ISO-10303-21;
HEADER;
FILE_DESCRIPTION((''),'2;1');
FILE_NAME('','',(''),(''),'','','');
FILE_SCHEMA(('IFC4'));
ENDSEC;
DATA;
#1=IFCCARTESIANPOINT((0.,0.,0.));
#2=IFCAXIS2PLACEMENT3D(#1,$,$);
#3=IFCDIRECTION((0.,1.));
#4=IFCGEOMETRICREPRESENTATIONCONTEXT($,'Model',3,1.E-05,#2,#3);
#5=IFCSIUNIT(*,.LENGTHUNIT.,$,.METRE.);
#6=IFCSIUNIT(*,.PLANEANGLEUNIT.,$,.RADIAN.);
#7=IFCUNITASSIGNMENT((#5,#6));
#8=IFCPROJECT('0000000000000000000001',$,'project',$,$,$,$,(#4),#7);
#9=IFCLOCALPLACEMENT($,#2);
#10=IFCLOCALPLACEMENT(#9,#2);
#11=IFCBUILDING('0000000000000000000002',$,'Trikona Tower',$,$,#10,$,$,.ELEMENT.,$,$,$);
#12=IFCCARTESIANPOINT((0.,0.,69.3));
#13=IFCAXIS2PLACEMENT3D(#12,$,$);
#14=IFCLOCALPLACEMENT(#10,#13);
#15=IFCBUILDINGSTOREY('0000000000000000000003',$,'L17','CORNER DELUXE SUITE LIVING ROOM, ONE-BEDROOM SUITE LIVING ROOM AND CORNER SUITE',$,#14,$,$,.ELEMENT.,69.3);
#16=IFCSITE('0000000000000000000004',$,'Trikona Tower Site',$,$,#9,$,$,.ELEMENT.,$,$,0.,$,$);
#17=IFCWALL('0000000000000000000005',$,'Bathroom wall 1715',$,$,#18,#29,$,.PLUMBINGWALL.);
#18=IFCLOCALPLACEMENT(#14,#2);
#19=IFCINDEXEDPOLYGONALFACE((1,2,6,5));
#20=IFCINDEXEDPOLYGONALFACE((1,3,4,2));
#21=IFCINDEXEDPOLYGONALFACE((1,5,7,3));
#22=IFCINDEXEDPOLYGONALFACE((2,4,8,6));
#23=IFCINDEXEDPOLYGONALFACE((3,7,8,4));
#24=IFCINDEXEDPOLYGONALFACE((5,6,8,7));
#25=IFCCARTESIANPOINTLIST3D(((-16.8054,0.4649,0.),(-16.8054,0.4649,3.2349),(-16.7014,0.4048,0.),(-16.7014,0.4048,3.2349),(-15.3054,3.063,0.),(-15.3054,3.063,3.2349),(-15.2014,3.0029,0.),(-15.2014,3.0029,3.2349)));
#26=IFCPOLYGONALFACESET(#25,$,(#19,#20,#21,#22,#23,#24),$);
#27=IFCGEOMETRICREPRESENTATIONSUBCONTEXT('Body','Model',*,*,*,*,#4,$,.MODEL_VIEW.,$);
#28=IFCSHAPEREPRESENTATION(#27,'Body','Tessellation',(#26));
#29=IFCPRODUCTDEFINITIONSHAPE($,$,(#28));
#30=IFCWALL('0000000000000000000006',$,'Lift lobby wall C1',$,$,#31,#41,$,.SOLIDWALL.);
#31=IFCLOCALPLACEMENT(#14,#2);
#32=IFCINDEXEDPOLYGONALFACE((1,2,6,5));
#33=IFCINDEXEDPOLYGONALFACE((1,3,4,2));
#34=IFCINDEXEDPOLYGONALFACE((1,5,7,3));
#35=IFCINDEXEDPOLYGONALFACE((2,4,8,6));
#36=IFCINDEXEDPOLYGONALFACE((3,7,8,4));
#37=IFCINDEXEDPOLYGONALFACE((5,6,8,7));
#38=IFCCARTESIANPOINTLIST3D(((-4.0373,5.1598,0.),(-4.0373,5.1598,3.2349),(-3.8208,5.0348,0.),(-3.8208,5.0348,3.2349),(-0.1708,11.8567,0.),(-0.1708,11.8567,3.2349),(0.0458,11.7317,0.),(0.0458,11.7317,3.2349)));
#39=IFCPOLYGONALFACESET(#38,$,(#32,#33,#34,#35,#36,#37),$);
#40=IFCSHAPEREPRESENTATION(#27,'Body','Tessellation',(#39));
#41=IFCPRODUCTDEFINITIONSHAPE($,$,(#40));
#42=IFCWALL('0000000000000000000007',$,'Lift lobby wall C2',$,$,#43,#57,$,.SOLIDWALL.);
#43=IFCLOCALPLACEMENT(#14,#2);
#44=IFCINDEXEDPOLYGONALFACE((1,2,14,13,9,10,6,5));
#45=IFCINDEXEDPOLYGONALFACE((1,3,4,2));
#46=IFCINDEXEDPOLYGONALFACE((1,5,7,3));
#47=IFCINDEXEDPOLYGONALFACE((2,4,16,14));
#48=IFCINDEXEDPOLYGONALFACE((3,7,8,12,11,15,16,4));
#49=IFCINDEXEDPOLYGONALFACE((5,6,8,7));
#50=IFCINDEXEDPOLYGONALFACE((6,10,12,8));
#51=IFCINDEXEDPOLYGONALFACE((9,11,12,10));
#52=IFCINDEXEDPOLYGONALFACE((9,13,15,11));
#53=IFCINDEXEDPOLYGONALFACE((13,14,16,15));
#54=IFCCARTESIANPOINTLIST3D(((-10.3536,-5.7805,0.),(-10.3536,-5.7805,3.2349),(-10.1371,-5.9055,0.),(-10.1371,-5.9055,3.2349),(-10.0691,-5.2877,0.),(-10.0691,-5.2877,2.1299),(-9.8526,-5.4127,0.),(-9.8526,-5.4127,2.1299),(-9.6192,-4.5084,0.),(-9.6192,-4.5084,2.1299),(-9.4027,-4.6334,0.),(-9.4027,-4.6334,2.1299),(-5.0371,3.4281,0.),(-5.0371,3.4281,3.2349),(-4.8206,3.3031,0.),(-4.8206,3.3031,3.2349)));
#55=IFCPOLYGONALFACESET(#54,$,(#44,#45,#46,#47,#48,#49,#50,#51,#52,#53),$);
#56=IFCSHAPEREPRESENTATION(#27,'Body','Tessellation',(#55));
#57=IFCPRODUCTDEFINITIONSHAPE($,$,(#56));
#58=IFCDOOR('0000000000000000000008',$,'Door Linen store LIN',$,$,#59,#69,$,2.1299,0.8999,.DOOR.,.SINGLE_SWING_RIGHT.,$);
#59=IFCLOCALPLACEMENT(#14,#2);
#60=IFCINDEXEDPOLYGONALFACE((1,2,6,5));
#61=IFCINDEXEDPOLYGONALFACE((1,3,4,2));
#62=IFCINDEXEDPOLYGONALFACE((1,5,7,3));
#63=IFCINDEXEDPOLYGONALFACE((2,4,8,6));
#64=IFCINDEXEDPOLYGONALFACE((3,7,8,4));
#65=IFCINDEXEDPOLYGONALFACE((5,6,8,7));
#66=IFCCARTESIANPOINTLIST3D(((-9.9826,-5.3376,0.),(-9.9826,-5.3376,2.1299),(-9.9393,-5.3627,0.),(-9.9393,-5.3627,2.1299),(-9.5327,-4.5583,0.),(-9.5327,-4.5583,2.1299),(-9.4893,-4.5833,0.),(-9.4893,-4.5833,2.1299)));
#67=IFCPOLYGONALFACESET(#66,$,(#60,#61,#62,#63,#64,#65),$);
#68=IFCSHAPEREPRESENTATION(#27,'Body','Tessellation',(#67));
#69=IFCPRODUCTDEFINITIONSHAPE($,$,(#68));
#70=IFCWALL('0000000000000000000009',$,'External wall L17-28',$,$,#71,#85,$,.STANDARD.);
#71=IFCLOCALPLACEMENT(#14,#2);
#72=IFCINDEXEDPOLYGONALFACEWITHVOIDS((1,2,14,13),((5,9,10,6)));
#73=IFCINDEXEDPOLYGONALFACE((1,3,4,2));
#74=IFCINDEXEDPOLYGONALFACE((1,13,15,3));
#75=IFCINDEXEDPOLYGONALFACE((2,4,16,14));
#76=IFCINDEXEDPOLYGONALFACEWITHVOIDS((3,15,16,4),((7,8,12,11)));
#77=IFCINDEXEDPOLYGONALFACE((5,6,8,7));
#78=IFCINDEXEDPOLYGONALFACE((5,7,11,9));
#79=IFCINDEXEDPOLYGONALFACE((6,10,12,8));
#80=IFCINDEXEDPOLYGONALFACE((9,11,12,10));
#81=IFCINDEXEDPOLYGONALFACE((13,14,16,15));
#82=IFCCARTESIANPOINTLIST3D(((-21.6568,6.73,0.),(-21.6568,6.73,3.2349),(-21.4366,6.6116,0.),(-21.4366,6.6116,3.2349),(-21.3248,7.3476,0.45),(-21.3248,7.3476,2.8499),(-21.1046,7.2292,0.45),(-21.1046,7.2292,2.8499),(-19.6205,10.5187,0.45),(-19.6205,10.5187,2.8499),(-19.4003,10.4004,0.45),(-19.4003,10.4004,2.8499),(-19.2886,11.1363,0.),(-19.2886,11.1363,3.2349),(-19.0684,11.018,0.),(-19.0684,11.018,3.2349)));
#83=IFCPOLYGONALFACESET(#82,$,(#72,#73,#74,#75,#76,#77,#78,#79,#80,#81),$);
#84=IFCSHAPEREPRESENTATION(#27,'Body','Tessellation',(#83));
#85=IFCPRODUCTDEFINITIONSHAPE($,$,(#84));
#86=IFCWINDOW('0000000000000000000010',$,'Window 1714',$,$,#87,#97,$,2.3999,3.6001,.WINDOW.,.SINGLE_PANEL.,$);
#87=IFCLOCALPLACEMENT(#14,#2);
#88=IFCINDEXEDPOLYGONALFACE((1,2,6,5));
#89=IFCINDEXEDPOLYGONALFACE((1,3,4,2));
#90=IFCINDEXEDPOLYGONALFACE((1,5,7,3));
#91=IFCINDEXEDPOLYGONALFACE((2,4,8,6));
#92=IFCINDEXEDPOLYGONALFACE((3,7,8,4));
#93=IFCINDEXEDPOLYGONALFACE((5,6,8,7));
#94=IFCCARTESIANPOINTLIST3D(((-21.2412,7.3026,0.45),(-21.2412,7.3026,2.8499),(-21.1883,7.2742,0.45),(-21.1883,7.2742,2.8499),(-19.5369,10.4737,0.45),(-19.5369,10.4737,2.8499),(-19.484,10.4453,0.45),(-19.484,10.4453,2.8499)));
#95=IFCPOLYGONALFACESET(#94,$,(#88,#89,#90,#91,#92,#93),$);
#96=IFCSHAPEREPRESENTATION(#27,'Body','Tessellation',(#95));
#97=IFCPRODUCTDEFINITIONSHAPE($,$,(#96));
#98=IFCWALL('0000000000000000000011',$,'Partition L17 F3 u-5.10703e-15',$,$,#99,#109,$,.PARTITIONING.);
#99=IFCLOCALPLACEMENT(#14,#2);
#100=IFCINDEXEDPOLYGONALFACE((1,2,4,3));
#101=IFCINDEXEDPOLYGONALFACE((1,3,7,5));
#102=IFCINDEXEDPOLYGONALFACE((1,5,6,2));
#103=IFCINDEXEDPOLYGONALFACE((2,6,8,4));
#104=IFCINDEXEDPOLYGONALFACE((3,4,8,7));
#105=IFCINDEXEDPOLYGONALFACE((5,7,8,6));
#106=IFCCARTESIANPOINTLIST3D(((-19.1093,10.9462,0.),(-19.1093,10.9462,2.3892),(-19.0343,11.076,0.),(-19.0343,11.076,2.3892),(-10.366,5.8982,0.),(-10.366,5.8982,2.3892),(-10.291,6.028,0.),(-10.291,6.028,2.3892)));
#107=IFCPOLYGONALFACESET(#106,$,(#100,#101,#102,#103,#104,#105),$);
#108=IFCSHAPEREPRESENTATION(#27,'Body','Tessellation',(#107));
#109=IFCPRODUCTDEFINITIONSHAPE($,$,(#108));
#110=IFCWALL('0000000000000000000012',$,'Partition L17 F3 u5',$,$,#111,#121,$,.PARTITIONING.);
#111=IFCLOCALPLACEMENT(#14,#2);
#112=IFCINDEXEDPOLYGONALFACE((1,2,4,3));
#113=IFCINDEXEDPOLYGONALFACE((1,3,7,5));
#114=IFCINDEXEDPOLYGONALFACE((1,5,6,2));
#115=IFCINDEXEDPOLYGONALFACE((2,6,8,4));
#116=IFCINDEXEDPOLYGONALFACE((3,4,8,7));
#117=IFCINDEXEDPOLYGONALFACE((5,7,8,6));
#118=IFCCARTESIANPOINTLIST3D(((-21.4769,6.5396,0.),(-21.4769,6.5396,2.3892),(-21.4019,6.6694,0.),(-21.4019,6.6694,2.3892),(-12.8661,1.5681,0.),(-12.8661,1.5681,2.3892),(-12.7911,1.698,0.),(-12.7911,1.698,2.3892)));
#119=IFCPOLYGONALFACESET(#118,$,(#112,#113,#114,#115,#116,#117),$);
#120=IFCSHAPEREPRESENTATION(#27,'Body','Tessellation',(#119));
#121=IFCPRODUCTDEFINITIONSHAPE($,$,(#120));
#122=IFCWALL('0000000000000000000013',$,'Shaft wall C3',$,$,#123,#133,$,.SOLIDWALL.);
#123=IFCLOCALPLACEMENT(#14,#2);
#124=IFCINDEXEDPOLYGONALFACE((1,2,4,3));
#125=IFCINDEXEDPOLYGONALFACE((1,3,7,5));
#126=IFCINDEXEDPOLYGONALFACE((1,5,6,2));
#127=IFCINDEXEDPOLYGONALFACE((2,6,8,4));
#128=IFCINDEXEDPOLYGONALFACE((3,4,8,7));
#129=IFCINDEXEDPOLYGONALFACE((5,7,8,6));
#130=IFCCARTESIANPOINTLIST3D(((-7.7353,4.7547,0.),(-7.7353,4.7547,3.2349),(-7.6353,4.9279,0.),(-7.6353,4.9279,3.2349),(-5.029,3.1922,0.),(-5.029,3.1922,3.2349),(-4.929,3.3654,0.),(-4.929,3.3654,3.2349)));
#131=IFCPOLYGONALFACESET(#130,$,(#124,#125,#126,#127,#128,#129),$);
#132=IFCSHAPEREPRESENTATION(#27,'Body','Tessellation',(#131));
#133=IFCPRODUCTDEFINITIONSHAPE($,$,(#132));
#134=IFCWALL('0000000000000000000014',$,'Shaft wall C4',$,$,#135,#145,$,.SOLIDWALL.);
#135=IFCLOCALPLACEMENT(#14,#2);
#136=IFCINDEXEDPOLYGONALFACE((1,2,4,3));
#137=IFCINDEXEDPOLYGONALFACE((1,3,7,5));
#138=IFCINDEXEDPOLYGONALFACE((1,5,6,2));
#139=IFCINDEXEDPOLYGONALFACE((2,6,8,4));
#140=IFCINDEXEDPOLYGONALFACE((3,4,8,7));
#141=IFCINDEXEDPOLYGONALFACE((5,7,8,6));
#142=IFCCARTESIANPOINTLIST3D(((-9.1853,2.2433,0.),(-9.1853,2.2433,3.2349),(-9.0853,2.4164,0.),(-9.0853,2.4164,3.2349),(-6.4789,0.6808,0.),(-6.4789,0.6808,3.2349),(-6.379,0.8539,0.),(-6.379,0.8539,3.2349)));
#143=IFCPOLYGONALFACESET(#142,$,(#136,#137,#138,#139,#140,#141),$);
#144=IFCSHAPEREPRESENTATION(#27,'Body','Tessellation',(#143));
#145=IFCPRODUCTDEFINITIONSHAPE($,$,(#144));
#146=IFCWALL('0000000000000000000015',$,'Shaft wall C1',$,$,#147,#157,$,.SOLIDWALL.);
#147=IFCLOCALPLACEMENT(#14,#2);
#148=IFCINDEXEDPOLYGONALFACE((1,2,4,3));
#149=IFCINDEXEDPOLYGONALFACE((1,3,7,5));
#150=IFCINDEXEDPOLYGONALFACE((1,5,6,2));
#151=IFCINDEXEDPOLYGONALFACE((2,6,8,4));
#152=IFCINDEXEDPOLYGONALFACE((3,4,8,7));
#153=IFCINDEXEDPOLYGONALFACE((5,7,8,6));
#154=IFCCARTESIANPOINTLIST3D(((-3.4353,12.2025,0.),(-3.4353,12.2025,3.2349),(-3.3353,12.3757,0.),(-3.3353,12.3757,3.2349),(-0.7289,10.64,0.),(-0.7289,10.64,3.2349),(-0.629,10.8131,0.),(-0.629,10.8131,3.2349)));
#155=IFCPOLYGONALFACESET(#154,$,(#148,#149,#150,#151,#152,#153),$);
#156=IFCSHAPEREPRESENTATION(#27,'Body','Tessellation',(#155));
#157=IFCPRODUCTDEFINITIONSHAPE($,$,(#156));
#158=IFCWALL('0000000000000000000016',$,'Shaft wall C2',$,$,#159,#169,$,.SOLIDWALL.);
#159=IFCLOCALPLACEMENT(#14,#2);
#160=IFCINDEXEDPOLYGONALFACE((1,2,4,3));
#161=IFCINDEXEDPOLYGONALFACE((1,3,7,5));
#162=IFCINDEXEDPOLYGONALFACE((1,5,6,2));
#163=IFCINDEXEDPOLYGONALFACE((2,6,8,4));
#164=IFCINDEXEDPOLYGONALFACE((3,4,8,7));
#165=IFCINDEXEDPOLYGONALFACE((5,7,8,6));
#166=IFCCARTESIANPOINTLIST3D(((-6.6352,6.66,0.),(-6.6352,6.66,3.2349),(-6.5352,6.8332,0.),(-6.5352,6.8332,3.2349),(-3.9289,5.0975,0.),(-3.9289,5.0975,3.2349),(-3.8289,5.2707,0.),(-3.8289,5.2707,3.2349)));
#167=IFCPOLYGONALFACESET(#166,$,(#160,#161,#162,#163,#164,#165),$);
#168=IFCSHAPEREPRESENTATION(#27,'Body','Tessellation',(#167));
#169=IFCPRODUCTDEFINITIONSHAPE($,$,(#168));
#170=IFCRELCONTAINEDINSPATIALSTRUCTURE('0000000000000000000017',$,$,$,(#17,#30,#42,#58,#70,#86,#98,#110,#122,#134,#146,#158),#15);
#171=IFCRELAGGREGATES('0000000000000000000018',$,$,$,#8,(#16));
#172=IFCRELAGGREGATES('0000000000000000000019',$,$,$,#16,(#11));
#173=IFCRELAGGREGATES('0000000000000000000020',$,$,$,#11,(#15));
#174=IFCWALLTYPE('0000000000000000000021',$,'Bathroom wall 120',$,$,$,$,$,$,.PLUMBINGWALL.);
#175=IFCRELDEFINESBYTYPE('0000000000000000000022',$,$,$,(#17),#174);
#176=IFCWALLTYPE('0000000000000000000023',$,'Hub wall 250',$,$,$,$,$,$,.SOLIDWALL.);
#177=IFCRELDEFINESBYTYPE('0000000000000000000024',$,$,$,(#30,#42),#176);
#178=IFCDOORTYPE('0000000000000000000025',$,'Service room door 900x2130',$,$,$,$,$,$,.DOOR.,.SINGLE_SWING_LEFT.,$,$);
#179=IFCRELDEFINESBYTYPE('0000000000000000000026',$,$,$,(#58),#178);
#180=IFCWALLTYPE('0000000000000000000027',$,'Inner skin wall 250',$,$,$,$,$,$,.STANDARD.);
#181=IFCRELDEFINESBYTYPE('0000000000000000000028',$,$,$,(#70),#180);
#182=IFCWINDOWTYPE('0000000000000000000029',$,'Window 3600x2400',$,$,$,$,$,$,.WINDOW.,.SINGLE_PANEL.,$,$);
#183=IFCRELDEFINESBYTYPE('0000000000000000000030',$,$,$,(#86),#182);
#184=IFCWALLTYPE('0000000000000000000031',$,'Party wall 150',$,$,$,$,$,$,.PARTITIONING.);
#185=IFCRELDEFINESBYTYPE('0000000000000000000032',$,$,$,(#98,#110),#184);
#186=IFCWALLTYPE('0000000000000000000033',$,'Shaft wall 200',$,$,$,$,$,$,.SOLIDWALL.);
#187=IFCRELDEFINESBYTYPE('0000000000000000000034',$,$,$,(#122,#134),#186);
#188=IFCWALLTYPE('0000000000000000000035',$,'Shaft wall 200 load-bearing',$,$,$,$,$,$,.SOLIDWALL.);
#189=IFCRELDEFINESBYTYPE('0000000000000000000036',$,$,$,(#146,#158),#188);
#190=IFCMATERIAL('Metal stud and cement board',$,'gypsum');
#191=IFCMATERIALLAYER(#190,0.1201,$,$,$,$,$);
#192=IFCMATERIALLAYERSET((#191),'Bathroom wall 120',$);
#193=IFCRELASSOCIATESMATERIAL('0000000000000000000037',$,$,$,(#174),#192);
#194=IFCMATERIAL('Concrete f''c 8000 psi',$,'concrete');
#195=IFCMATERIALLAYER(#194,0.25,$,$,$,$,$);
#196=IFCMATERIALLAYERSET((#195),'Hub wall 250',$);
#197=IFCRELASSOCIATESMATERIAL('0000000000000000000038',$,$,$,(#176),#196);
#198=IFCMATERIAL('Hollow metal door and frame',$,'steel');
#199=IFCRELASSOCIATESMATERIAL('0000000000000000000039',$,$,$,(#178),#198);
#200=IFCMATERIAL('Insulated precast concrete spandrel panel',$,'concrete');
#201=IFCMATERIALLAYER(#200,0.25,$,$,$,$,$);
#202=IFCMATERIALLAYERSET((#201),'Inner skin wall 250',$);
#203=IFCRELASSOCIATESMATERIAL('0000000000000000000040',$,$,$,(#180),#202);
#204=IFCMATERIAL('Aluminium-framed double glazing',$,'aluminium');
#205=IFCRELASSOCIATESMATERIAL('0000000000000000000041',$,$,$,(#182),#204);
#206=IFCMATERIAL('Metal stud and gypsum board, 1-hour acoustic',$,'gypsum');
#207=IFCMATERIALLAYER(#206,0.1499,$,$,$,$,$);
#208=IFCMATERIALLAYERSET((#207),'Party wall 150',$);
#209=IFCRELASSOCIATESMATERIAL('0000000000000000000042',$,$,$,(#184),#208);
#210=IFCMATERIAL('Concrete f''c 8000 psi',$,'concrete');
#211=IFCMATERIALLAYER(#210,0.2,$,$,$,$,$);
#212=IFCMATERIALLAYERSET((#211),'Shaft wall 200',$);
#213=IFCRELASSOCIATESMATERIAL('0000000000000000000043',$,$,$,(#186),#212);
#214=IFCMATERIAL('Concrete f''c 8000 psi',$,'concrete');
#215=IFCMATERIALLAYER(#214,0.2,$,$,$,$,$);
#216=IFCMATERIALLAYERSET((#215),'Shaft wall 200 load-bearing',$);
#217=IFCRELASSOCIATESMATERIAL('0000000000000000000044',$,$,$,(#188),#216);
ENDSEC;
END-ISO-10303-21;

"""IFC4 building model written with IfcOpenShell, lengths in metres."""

from ifc_helpers import new_model, si_unit, direction, frame, frame_2d, origin, place, context, subcontext, project, spatial, rectangle, extrude, material, layer, layer_set, type_object, element, fill, save


model = new_model("IFC4")

# Units and contexts
model_context = context("Model", 3, precision=1e-05, world=origin(), true_north=direction((0.0, 1.0)))
body_context = subcontext(model_context, "Body", "Model", "MODEL_VIEW")
ifc_project = project(units=[si_unit("LENGTHUNIT", "METRE"), si_unit("PLANEANGLEUNIT", "RADIAN")], contexts=[model_context])

# Site, building, storey
site_placement = place(None, origin())
site = spatial("IfcSite", under=ifc_project, at=site_placement, Name="Trikona Tower Site", CompositionType="ELEMENT", RefElevation=0.0)
building_placement = place(site_placement, origin())
building = spatial("IfcBuilding", under=site, at=building_placement, Name="Trikona Tower", CompositionType="ELEMENT")
storey_placement = place(building_placement, frame((0.0, 0.0, 69.3)))
storey = spatial("IfcBuildingStorey", under=building, at=storey_placement, Name="L17", Description="CORNER DELUXE SUITE LIVING ROOM, ONE-BEDROOM SUITE LIVING ROOM AND CORNER SUITE", CompositionType="ELEMENT", Elevation=69.3)

# Shared definitions
ifc_material_1 = material(Name="Metal stud and cement board", Category="gypsum")
ifc_layer_1 = layer(ifc_material_1, 0.1201)
ifc_layer_set_1 = layer_set([ifc_layer_1], Name="Bathroom wall 120")
wall_type_1 = type_object("IfcWallType", Name="Bathroom wall 120", PredefinedType="PLUMBINGWALL", material=ifc_layer_set_1)

# Walls
wall_1_placement = place(storey_placement, frame((-15.2534, 3.033, 0.0), z_axis=(0.0, 0.0, 1.0), x_axis=(-0.49999, -0.866031, 0.0)))
element("IfcWall", 1, at=wall_1_placement, inside=storey, type_object=wall_type_1, Name="Bathroom wall 1715", PredefinedType="PLUMBINGWALL", context=body_context, shape_type="SweptSolid", body=[
    extrude(rectangle(XDim=3.0, YDim=0.1201, at=frame_2d((1.5, 0.0))), origin(), (0.0, 0.0, 1.0), 3.2349),
])
ifc_material_2 = material(Name="Concrete f'c 8000 psi", Category="concrete")
ifc_layer_2 = layer(ifc_material_2, 0.25)
ifc_layer_set_2 = layer_set([ifc_layer_2], Name="Hub wall 250")
wall_type_2 = type_object("IfcWallType", Name="Hub wall 250", PredefinedType="SOLIDWALL", material=ifc_layer_set_2)
wall_2_placement = place(storey_placement, frame((-0.0625, 11.7942, 0.0), z_axis=(0.0, 0.0, 1.0), x_axis=(-0.500007, -0.866022, 0.0)))
element("IfcWall", 2, at=wall_2_placement, inside=storey, type_object=wall_type_2, Name="Lift lobby wall C1", PredefinedType="SOLIDWALL", context=body_context, shape_type="SweptSolid", body=[
    extrude(rectangle(XDim=7.7329, YDim=0.25, at=frame_2d((3.8665, 0.0))), origin(), (0.0, 0.0, 1.0), 3.2349),
])

# Wall, opening, door
wall_3_placement = place(storey_placement, frame((-4.929, 3.3655, 0.0), z_axis=(0.0, 0.0, 1.0), x_axis=(-0.499991, -0.86603, 0.0)))
wall_3 = element("IfcWall", 3, at=wall_3_placement, inside=storey, type_object=wall_type_2, Name="Lift lobby wall C2", PredefinedType="SOLIDWALL", context=body_context, shape_type="SweptSolid", body=[
    extrude(rectangle(XDim=10.6331, YDim=0.25, at=frame_2d((5.3164, 0.0))), origin(), (0.0, 0.0, 1.0), 3.2349),
])
opening_1_placement = place(wall_3_placement, frame((9.1641, 0.0, 0.0)))
opening_1 = element("IfcOpeningElement", 4, at=opening_1_placement, cuts=wall_3, PredefinedType="OPENING", context=body_context, shape_type="SweptSolid", body=[
    extrude(rectangle(XDim=0.8999, YDim=2.1299, at=frame_2d((0.45, 1.0649))), frame((0.0, 0.135, 0.0), z_axis=(0.0, -1.0, 0.0), x_axis=(1.0, 0.0, 0.0)), (0.0, 0.0, 1.0), 0.27),
])
ifc_material_3 = material(Name="Hollow metal door and frame", Category="steel")
door_type_1 = type_object("IfcDoorType", Name="Service room door 900x2130", OperationType="SINGLE_SWING_LEFT", PredefinedType="DOOR", material=ifc_material_3)
door_1_placement = place(opening_1_placement, origin())
door_1 = element("IfcDoor", 5, at=door_1_placement, inside=storey, type_object=door_type_1, Name="Door Linen store LIN", OperationType="SINGLE_SWING_RIGHT", OverallHeight=2.1299, OverallWidth=0.8999, PredefinedType="DOOR", context=body_context, shape_type="SweptSolid", body=[
    extrude(rectangle(XDim=0.8999, YDim=2.1299, at=frame_2d((0.45, 1.0649))), frame((0.0, 0.0249, 0.0), z_axis=(0.0, -1.0, 0.0), x_axis=(1.0, 0.0, 0.0)), (0.0, 0.0, 1.0), 0.05),
])
fill(opening_1, door_1)

# Wall, opening, window
ifc_material_4 = material(Name="Insulated precast concrete spandrel panel", Category="concrete")
ifc_layer_3 = layer(ifc_material_4, 0.25)
ifc_layer_set_3 = layer_set([ifc_layer_3], Name="Inner skin wall 250")
wall_type_3 = type_object("IfcWallType", Name="Inner skin wall 250", PredefinedType="STANDARD", material=ifc_layer_set_3)
wall_4_placement = place(storey_placement, frame((-19.1785, 11.0771, 0.0), z_axis=(0.0, 0.0, 1.0), x_axis=(-0.473413, -0.880841, 0.0)))
wall_4 = element("IfcWall", 6, at=wall_4_placement, inside=storey, type_object=wall_type_3, Name="External wall L17-28", PredefinedType="STANDARD", context=body_context, shape_type="SweptSolid", body=[
    extrude(rectangle(XDim=5.0024, YDim=0.25, at=frame_2d((2.5012, 0.0))), origin(), (0.0, 0.0, 1.0), 3.2349),
])
opening_2_placement = place(wall_4_placement, frame((0.7012, 0.0, 0.45)))
opening_2 = element("IfcOpeningElement", 7, at=opening_2_placement, cuts=wall_4, PredefinedType="OPENING", context=body_context, shape_type="SweptSolid", body=[
    extrude(rectangle(XDim=3.6001, YDim=2.3999, at=frame_2d((1.8, 1.2))), frame((0.0, 0.135, 0.0), z_axis=(0.0, -1.0, 0.0), x_axis=(1.0, 0.0, 0.0)), (0.0, 0.0, 1.0), 0.27),
])
ifc_material_5 = material(Name="Aluminium-framed double glazing", Category="aluminium")
window_type = type_object("IfcWindowType", Name="Window 3600x2400", PartitioningType="SINGLE_PANEL", PredefinedType="WINDOW", material=ifc_material_5)
window_placement = place(opening_2_placement, origin())
window = element("IfcWindow", 8, at=window_placement, inside=storey, type_object=window_type, Name="Window 1714", OverallHeight=2.3999, OverallWidth=3.6001, PartitioningType="SINGLE_PANEL", PredefinedType="WINDOW", context=body_context, shape_type="SweptSolid", body=[
    extrude(rectangle(XDim=3.6001, YDim=2.3999, at=frame_2d((1.8, 1.2))), frame((0.0, 0.03, 0.0), z_axis=(0.0, -1.0, 0.0), x_axis=(1.0, 0.0, 0.0)), (0.0, 0.0, 1.0), 0.0601),
])
fill(opening_2, window)

# Walls
ifc_material_6 = material(Name="Metal stud and gypsum board, 1-hour acoustic", Category="gypsum")
ifc_layer_4 = layer(ifc_material_6, 0.1499)
ifc_layer_set_4 = layer_set([ifc_layer_4], Name="Party wall 150")
wall_type_4 = type_object("IfcWallType", Name="Party wall 150", PredefinedType="PARTITIONING", material=ifc_layer_set_4)
wall_5_placement = place(storey_placement, frame((-10.3286, 5.9631, 0.0), z_axis=(0.0, 0.0, 1.0), x_axis=(-0.866022, 0.500006, 0.0)))
element("IfcWall", 9, at=wall_5_placement, inside=storey, type_object=wall_type_4, Name="Partition L17 F3 u-5.10703e-15", PredefinedType="PARTITIONING", context=body_context, shape_type="SweptSolid", body=[
    extrude(rectangle(XDim=10.0959, YDim=0.1499, at=frame_2d((5.0479, 0.0))), origin(), (0.0, 0.0, 1.0), 2.3892),
])
wall_6_placement = place(storey_placement, frame((-12.8286, 1.6331, 0.0), z_axis=(0.0, 0.0, 1.0), x_axis=(-0.866027, 0.499997, 0.0)))
element("IfcWall", 10, at=wall_6_placement, inside=storey, type_object=wall_type_4, Name="Partition L17 F3 u5", PredefinedType="PARTITIONING", context=body_context, shape_type="SweptSolid", body=[
    extrude(rectangle(XDim=9.9429, YDim=0.1499, at=frame_2d((4.9714, 0.0))), origin(), (0.0, 0.0, 1.0), 2.3892),
])
ifc_material_7 = material(Name="Concrete f'c 8000 psi", Category="concrete")
ifc_layer_5 = layer(ifc_material_7, 0.2)
ifc_layer_set_5 = layer_set([ifc_layer_5], Name="Shaft wall 200")
wall_type_5 = type_object("IfcWallType", Name="Shaft wall 200", PredefinedType="SOLIDWALL", material=ifc_layer_set_5)
for number, where, z_axis, x_axis, name in (
    (11, (-4.979, 3.2788, 0.0), (0.0, 0.0, 1.0), (-0.866023, 0.500004, 0.0), "Shaft wall C3"),
    (12, (-6.429, 0.7673, 0.0), (0.0, 0.0, 1.0), (-0.866023, 0.500004, 0.0), "Shaft wall C4"),
):
    element("IfcWall", number, at=place(storey_placement, frame(where, z_axis=z_axis, x_axis=x_axis)), inside=storey, type_object=wall_type_5, Name=name, PredefinedType="SOLIDWALL", context=body_context, shape_type="SweptSolid", body=[
        extrude(rectangle(XDim=3.125, YDim=0.2, at=frame_2d((1.5625, 0.0))), origin(), (0.0, 0.0, 1.0), 3.2349),
    ])
ifc_material_8 = material(Name="Concrete f'c 8000 psi", Category="concrete")
ifc_layer_6 = layer(ifc_material_8, 0.2)
ifc_layer_set_6 = layer_set([ifc_layer_6], Name="Shaft wall 200 load-bearing")
wall_type_6 = type_object("IfcWallType", Name="Shaft wall 200 load-bearing", PredefinedType="SOLIDWALL", material=ifc_layer_set_6)
for number, where, z_axis, x_axis, name in (
    (13, (-0.679, 10.7266, 0.0), (0.0, 0.0, 1.0), (-0.866023, 0.500004, 0.0), "Shaft wall C1"),
    (14, (-3.8789, 5.1841, 0.0), (0.0, 0.0, 1.0), (-0.866023, 0.500004, 0.0), "Shaft wall C2"),
):
    element("IfcWall", number, at=place(storey_placement, frame(where, z_axis=z_axis, x_axis=x_axis)), inside=storey, type_object=wall_type_6, Name=name, PredefinedType="SOLIDWALL", context=body_context, shape_type="SweptSolid", body=[
        extrude(rectangle(XDim=3.125, YDim=0.2, at=frame_2d((1.5625, 0.0))), origin(), (0.0, 0.0, 1.0), 3.2349),
    ])

save(model, "model.ifc")
